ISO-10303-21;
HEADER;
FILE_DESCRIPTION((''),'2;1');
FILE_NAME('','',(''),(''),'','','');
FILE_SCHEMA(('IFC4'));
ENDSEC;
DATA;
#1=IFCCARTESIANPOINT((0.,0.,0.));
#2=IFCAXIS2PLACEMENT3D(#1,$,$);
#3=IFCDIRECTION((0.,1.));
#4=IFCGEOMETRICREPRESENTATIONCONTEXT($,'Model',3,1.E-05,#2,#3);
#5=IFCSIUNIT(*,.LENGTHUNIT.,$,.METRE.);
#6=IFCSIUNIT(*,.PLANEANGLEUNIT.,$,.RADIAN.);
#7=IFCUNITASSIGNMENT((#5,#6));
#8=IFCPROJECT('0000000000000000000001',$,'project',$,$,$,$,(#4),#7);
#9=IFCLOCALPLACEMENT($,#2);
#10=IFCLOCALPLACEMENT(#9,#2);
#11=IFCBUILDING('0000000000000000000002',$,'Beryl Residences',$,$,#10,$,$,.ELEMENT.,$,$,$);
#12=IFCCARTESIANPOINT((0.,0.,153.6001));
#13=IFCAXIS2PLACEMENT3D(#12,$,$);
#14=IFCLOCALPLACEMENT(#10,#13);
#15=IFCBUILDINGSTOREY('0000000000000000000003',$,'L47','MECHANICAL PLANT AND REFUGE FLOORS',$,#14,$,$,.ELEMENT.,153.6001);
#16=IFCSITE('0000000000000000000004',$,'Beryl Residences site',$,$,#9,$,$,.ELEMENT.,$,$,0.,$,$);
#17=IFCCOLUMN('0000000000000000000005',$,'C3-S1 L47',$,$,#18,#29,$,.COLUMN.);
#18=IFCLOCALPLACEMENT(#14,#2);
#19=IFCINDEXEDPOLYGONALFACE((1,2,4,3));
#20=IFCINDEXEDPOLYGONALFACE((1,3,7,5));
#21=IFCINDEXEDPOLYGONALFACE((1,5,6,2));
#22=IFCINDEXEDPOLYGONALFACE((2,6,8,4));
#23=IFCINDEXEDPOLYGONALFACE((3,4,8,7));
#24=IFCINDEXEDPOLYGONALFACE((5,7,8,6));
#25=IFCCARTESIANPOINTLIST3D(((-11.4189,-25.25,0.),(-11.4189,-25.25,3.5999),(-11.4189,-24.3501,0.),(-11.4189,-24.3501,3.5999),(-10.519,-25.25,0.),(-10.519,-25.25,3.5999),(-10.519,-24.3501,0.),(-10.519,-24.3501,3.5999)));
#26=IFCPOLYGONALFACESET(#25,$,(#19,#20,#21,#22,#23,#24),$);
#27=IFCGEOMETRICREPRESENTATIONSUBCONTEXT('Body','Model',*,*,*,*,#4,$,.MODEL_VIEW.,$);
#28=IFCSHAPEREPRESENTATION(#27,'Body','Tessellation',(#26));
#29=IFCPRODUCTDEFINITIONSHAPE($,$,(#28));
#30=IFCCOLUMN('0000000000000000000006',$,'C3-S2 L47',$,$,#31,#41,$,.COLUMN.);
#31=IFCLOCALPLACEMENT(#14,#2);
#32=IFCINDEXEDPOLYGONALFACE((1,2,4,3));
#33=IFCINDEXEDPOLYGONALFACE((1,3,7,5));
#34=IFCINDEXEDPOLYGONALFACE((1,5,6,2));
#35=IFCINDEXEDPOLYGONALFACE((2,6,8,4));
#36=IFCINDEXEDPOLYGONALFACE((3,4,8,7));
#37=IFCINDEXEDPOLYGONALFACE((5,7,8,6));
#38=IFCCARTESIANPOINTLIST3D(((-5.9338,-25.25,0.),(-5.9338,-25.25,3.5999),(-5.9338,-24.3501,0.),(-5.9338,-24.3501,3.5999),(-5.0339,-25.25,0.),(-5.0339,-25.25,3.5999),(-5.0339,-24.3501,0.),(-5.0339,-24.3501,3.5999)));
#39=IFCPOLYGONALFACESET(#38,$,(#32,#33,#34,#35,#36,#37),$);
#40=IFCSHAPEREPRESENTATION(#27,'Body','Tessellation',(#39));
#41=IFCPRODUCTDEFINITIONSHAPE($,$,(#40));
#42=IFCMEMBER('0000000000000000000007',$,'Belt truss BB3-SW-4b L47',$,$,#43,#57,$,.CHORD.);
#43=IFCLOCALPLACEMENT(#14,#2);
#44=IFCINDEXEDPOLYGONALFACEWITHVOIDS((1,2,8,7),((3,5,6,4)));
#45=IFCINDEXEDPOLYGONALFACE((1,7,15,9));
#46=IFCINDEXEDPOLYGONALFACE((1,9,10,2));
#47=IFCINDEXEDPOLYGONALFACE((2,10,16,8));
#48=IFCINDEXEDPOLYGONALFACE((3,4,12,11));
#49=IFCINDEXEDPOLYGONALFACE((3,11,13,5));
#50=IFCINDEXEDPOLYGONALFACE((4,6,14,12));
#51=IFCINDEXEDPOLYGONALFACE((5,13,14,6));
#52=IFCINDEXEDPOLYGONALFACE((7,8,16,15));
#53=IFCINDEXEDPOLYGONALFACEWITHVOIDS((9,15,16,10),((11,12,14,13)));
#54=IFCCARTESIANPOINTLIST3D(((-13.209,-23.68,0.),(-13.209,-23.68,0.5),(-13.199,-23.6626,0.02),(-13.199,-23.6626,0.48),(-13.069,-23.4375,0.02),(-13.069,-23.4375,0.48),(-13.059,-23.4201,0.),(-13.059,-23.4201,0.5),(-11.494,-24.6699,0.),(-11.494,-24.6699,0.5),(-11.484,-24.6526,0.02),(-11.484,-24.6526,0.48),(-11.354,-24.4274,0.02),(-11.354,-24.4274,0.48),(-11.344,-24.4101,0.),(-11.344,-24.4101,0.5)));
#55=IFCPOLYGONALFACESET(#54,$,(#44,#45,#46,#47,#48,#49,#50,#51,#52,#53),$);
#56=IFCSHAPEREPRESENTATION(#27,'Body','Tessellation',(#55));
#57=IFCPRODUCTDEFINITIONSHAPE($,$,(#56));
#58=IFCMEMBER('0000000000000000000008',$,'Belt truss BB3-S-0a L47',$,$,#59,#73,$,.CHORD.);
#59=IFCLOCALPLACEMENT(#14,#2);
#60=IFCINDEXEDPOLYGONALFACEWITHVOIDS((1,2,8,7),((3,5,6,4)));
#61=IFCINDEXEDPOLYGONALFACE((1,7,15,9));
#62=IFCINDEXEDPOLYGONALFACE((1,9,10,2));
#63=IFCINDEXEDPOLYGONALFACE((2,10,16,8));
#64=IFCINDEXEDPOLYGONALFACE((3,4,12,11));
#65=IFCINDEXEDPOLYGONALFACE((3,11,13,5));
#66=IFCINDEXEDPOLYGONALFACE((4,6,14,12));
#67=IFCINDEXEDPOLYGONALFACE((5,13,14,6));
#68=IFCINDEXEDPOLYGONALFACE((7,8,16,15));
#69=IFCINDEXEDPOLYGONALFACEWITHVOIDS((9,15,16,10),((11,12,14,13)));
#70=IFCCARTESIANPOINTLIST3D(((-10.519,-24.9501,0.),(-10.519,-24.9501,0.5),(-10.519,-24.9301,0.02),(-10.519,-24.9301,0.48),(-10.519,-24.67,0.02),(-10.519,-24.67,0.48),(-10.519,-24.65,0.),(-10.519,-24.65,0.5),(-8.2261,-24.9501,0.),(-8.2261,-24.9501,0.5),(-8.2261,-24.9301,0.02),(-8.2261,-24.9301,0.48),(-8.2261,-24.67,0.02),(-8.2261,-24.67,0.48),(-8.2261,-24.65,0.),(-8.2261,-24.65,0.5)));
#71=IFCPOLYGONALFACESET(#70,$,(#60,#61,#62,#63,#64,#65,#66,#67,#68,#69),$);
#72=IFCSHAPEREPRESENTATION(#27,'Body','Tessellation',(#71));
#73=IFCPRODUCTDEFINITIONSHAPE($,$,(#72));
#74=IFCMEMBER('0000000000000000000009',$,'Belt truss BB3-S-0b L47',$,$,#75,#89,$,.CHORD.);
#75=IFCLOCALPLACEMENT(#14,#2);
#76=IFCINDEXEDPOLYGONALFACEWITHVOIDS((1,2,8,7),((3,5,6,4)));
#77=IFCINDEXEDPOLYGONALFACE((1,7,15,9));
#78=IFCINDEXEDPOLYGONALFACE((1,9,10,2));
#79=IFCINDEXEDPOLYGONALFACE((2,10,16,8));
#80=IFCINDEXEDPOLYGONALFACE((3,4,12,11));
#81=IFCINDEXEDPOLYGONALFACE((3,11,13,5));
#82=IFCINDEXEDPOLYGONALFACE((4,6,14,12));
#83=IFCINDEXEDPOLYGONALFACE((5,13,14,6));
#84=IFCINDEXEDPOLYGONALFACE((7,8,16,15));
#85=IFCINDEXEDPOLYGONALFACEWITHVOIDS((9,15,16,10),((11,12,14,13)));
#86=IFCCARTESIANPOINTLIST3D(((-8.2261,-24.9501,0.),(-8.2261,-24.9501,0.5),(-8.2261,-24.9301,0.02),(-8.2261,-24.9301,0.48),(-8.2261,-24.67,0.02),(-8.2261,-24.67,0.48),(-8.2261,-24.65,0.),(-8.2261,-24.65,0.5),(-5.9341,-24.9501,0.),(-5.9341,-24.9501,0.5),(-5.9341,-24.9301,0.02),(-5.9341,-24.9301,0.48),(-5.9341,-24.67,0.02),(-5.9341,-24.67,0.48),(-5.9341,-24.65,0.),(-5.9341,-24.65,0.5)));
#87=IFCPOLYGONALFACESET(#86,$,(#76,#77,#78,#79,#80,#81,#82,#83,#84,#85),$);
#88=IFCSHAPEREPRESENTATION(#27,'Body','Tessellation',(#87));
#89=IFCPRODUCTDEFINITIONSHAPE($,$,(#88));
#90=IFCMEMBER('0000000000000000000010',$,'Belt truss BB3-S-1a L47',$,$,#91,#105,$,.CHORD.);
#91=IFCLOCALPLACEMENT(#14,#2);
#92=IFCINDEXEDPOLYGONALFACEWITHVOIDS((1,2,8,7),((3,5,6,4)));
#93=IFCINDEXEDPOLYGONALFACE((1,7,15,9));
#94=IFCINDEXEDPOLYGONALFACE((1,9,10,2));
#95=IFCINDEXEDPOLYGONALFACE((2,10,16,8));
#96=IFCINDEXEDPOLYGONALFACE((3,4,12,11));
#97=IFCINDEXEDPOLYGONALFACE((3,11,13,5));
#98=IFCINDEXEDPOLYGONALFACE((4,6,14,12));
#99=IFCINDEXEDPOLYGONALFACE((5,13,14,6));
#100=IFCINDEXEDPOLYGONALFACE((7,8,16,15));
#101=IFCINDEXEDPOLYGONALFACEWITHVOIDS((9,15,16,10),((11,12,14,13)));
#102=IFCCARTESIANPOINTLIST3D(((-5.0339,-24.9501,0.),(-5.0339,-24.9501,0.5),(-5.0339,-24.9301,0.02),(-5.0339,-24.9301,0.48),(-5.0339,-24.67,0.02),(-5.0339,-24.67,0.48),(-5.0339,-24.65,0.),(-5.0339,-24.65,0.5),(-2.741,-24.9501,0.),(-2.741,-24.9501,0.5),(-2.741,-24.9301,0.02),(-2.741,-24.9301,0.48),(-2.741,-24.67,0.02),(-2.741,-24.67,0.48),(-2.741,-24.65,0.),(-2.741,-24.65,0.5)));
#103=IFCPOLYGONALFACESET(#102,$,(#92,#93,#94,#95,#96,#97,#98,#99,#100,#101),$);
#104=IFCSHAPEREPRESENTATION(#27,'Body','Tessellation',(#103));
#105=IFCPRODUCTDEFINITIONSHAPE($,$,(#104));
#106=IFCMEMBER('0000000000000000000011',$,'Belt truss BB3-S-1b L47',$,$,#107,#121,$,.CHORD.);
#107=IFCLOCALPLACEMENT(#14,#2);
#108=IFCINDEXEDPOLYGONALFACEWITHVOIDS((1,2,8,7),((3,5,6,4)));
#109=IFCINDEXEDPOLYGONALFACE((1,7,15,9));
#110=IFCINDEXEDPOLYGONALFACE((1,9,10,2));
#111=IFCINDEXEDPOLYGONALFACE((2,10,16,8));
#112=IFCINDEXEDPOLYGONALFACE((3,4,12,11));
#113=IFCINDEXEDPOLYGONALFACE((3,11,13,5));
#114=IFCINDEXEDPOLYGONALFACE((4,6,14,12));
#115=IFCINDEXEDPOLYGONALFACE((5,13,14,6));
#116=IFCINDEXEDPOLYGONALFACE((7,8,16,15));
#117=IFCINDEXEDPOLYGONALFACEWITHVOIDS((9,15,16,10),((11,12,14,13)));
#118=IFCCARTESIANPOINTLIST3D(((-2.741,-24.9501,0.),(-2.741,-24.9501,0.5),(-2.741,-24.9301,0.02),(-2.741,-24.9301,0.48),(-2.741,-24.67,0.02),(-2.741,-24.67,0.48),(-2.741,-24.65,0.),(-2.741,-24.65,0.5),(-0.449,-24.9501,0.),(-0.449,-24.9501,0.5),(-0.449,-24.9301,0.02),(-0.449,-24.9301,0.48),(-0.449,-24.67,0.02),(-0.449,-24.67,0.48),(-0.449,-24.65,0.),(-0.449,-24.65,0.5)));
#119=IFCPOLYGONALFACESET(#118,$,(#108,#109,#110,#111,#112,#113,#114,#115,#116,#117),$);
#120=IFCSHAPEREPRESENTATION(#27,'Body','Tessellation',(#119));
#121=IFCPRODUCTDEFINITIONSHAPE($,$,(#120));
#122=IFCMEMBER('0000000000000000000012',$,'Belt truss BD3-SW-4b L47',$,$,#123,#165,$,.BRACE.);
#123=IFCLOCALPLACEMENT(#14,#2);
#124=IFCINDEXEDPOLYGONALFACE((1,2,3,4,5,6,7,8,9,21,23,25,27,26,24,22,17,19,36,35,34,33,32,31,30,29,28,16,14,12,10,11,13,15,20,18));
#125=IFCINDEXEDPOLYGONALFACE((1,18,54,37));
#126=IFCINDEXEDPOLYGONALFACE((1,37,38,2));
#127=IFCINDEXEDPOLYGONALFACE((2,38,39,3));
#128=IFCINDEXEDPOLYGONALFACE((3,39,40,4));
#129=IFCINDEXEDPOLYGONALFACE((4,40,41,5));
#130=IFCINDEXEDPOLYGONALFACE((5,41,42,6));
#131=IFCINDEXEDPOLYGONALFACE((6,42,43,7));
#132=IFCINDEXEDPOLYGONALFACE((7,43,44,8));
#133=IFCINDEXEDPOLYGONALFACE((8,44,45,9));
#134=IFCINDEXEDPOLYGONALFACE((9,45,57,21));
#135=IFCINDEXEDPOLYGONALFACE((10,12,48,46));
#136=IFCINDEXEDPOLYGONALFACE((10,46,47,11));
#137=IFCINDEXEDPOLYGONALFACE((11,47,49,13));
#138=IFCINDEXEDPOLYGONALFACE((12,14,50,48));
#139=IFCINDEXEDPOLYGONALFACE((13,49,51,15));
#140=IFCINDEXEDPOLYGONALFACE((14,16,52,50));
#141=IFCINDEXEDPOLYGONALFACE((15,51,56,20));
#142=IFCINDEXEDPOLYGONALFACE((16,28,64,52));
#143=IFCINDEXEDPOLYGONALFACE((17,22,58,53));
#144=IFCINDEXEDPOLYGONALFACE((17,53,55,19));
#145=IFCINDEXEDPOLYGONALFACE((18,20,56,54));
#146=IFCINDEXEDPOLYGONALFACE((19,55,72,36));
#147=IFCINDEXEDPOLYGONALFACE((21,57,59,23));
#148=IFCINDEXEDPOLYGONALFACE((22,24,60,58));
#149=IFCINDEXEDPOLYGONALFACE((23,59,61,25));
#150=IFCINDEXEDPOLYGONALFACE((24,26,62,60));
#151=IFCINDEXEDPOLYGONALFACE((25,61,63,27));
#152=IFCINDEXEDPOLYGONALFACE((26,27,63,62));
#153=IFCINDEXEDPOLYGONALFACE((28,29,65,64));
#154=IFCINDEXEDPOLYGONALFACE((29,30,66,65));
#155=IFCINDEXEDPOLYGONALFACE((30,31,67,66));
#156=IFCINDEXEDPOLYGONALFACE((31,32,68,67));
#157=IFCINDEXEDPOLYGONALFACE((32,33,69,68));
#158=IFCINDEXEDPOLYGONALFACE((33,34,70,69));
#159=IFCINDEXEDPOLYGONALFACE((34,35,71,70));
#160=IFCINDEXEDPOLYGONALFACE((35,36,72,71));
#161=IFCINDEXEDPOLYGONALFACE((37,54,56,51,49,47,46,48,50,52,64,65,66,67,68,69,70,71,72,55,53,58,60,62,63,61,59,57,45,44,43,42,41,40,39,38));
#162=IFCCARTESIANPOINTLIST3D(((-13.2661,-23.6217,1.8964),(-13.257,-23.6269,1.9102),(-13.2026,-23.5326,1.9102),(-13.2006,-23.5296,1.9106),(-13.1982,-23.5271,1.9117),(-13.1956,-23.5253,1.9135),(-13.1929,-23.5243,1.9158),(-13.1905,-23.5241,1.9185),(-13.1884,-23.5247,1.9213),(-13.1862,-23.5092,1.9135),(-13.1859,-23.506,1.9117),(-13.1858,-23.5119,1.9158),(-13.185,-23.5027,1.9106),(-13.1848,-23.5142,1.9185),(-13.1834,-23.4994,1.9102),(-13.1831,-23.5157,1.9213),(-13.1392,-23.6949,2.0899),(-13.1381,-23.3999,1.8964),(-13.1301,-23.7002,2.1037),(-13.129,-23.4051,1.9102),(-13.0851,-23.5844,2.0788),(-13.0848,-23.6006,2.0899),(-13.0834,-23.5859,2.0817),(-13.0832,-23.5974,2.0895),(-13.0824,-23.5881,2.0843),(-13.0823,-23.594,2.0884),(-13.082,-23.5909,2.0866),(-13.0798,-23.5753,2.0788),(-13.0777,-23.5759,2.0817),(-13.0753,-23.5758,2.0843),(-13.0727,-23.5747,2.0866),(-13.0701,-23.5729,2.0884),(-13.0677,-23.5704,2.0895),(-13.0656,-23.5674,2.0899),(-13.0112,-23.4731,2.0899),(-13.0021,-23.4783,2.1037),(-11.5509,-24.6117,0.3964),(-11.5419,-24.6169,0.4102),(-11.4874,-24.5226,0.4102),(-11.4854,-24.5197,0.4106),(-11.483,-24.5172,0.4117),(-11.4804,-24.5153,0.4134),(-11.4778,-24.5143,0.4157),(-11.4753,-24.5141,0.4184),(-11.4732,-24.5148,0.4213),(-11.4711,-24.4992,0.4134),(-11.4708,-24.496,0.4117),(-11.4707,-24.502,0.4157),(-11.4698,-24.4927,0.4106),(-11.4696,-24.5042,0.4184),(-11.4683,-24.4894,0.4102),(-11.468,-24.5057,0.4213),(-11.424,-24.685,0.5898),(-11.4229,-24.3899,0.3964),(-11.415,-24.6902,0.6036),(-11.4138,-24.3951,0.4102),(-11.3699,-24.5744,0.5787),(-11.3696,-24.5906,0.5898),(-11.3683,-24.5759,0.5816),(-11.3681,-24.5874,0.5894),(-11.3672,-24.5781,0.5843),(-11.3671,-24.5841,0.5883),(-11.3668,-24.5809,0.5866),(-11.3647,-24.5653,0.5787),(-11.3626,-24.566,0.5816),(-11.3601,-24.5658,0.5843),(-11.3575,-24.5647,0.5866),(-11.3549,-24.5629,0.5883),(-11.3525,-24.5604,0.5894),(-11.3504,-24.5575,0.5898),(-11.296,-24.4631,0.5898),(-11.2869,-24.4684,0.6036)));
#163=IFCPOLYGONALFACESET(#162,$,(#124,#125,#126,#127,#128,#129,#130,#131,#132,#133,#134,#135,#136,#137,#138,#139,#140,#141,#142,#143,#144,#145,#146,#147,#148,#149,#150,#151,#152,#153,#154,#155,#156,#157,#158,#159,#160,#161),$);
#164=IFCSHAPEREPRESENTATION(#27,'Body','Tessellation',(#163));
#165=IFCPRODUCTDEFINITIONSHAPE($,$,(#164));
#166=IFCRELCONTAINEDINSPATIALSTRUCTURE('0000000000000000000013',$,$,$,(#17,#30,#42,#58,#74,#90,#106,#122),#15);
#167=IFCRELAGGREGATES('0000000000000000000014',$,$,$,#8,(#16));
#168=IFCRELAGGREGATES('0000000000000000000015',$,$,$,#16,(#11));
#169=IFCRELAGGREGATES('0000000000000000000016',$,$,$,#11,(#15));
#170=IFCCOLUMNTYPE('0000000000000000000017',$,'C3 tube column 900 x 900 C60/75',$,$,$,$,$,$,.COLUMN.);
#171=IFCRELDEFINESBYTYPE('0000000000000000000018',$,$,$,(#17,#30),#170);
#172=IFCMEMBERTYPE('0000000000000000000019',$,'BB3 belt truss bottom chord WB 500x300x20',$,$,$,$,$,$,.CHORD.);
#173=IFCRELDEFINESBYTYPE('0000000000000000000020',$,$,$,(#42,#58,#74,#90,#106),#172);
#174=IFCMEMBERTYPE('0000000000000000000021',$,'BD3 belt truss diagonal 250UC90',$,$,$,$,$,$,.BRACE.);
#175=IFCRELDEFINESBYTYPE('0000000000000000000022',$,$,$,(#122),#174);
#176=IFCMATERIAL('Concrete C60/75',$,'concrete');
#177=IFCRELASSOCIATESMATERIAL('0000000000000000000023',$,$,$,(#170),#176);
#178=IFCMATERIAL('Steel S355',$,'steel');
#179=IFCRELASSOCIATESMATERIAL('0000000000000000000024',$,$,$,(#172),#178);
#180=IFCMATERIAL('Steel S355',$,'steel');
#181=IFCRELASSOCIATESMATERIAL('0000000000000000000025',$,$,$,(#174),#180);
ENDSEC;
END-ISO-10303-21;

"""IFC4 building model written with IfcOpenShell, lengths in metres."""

from ifc_helpers import new_model, si_unit, direction, frame, origin, origin_2d, place, context, subcontext, project, spatial, rectangle, hollow_rectangle, i_section, extrude, material, material_profile, profile_set, type_object, element, save


model = new_model("IFC4")

# Units and contexts
model_context = context("Model", 3, precision=1e-05, world=origin(), true_north=direction((0.0, 1.0)))
body_context = subcontext(model_context, "Body", "Model", "MODEL_VIEW")
ifc_project = project(units=[si_unit("LENGTHUNIT", "METRE"), si_unit("PLANEANGLEUNIT", "RADIAN")], contexts=[model_context])

# Site, building, storey
site_placement = place(None, origin())
site = spatial("IfcSite", under=ifc_project, at=site_placement, Name="Beryl Residences site", CompositionType="ELEMENT", RefElevation=0.0)
building_placement = place(site_placement, origin())
building = spatial("IfcBuilding", under=site, at=building_placement, Name="Beryl Residences", CompositionType="ELEMENT")
storey_placement = place(building_placement, frame((0.0, 0.0, 153.6001)))
storey = spatial("IfcBuildingStorey", under=building, at=storey_placement, Name="L47", Description="MECHANICAL PLANT AND REFUGE FLOORS", CompositionType="ELEMENT", Elevation=153.6001)

# Columns
ifc_material_1 = material(Name="Concrete C60/75", Category="concrete")
ifc_material_profile_1 = material_profile(ifc_material_1, rectangle(XDim=0.8999, YDim=0.8999, at=origin_2d()))
ifc_profile_set_1 = profile_set([ifc_material_profile_1], Name="Concrete C60/75")
column_type = type_object("IfcColumnType", Name="C3 tube column 900 x 900 C60/75", PredefinedType="COLUMN", material=ifc_profile_set_1)
for number, where, z_axis, x_axis, name in (
    (1, (-10.969, -24.8, 0.0), (0.0, 0.0, 1.0), (1.0, 0.0, 0.0), "C3-S1 L47"),
    (2, (-5.4839, -24.8, 0.0), (0.0, 0.0, 1.0), (1.0, 0.0, 0.0), "C3-S2 L47"),
):
    element("IfcColumn", number, at=place(storey_placement, frame(where, z_axis=z_axis, x_axis=x_axis)), inside=storey, type_object=column_type, Name=name, PredefinedType="COLUMN", context=body_context, shape_type="SweptSolid", body=[
        extrude(rectangle(XDim=0.8999, YDim=0.8999, at=origin_2d()), origin(), (0.0, 0.0, 1.0), 3.5999),
    ])

# Members
ifc_material_2 = material(Name="Steel S355", Category="steel")
ifc_material_profile_2 = material_profile(ifc_material_2, hollow_rectangle(XDim=0.3, YDim=0.5, WallThickness=0.02, at=origin_2d()))
ifc_profile_set_2 = profile_set([ifc_material_profile_2], Name="Steel S355")
member_type_1 = type_object("IfcMemberType", Name="BB3 belt truss bottom chord WB 500x300x20", PredefinedType="CHORD", material=ifc_profile_set_2)
member_1_placement = place(storey_placement, frame((-13.134, -23.55, 0.25), z_axis=(0.866073, -0.499918, 0.0), x_axis=(0.499918, 0.866073, 0.0)))
element("IfcMember", 3, at=member_1_placement, inside=storey, type_object=member_type_1, Name="Belt truss BB3-SW-4b L47", PredefinedType="CHORD", context=body_context, shape_type="SweptSolid", body=[
    extrude(hollow_rectangle(XDim=0.3, YDim=0.5, WallThickness=0.02, at=origin_2d()), origin(), (0.0, 0.0, 1.0), 1.9802),
])
member_2_placement = place(storey_placement, frame((-10.519, -24.8, 0.25), z_axis=(1.0, 0.0, 0.0), x_axis=(0.0, 1.0, 0.0)))
element("IfcMember", 4, at=member_2_placement, inside=storey, type_object=member_type_1, Name="Belt truss BB3-S-0a L47", PredefinedType="CHORD", context=body_context, shape_type="SweptSolid", body=[
    extrude(hollow_rectangle(XDim=0.3, YDim=0.5, WallThickness=0.02, at=origin_2d()), origin(), (0.0, 0.0, 1.0), 2.293),
])
member_3_placement = place(storey_placement, frame((-8.2261, -24.8, 0.25), z_axis=(1.0, 0.0, 0.0), x_axis=(0.0, 1.0, 0.0)))
element("IfcMember", 5, at=member_3_placement, inside=storey, type_object=member_type_1, Name="Belt truss BB3-S-0b L47", PredefinedType="CHORD", context=body_context, shape_type="SweptSolid", body=[
    extrude(hollow_rectangle(XDim=0.3, YDim=0.5, WallThickness=0.02, at=origin_2d()), origin(), (0.0, 0.0, 1.0), 2.292),
])
member_4_placement = place(storey_placement, frame((-5.0339, -24.8, 0.25), z_axis=(1.0, 0.0, 0.0), x_axis=(0.0, 1.0, 0.0)))
element("IfcMember", 6, at=member_4_placement, inside=storey, type_object=member_type_1, Name="Belt truss BB3-S-1a L47", PredefinedType="CHORD", context=body_context, shape_type="SweptSolid", body=[
    extrude(hollow_rectangle(XDim=0.3, YDim=0.5, WallThickness=0.02, at=origin_2d()), origin(), (0.0, 0.0, 1.0), 2.293),
])
member_5_placement = place(storey_placement, frame((-2.741, -24.8, 0.25), z_axis=(1.0, 0.0, 0.0), x_axis=(0.0, 1.0, 0.0)))
element("IfcMember", 7, at=member_5_placement, inside=storey, type_object=member_type_1, Name="Belt truss BB3-S-1b L47", PredefinedType="CHORD", context=body_context, shape_type="SweptSolid", body=[
    extrude(hollow_rectangle(XDim=0.3, YDim=0.5, WallThickness=0.02, at=origin_2d()), origin(), (0.0, 0.0, 1.0), 2.292),
])
ifc_material_3 = material(Name="Steel S355", Category="steel")
ifc_material_profile_3 = material_profile(ifc_material_3, i_section(OverallWidth=0.2561, OverallDepth=0.26, WebThickness=0.0105, FlangeThickness=0.0173, FilletRadius=0.0139, at=origin_2d()))
ifc_profile_set_3 = profile_set([ifc_material_profile_3], Name="Steel S355")
member_type_2 = type_object("IfcMemberType", Name="BD3 belt truss diagonal 250UC90", PredefinedType="BRACE", material=ifc_profile_set_3)
member_6_placement = place(storey_placement, frame((-11.4189, -24.54, 0.5), z_axis=(-0.690378, 0.398503, 0.603799), x_axis=(-0.499918, -0.866073, 0.0)))
element("IfcMember", 8, at=member_6_placement, inside=storey, type_object=member_type_2, Name="Belt truss BD3-SW-4b L47", PredefinedType="BRACE", context=body_context, shape_type="SweptSolid", body=[
    extrude(i_section(OverallWidth=0.2561, OverallDepth=0.26, WebThickness=0.0105, FlangeThickness=0.0173, FilletRadius=0.0139, at=origin_2d()), origin(), (0.0, 0.0, 1.0), 2.4844),
])

save(model, "model.ifc")
